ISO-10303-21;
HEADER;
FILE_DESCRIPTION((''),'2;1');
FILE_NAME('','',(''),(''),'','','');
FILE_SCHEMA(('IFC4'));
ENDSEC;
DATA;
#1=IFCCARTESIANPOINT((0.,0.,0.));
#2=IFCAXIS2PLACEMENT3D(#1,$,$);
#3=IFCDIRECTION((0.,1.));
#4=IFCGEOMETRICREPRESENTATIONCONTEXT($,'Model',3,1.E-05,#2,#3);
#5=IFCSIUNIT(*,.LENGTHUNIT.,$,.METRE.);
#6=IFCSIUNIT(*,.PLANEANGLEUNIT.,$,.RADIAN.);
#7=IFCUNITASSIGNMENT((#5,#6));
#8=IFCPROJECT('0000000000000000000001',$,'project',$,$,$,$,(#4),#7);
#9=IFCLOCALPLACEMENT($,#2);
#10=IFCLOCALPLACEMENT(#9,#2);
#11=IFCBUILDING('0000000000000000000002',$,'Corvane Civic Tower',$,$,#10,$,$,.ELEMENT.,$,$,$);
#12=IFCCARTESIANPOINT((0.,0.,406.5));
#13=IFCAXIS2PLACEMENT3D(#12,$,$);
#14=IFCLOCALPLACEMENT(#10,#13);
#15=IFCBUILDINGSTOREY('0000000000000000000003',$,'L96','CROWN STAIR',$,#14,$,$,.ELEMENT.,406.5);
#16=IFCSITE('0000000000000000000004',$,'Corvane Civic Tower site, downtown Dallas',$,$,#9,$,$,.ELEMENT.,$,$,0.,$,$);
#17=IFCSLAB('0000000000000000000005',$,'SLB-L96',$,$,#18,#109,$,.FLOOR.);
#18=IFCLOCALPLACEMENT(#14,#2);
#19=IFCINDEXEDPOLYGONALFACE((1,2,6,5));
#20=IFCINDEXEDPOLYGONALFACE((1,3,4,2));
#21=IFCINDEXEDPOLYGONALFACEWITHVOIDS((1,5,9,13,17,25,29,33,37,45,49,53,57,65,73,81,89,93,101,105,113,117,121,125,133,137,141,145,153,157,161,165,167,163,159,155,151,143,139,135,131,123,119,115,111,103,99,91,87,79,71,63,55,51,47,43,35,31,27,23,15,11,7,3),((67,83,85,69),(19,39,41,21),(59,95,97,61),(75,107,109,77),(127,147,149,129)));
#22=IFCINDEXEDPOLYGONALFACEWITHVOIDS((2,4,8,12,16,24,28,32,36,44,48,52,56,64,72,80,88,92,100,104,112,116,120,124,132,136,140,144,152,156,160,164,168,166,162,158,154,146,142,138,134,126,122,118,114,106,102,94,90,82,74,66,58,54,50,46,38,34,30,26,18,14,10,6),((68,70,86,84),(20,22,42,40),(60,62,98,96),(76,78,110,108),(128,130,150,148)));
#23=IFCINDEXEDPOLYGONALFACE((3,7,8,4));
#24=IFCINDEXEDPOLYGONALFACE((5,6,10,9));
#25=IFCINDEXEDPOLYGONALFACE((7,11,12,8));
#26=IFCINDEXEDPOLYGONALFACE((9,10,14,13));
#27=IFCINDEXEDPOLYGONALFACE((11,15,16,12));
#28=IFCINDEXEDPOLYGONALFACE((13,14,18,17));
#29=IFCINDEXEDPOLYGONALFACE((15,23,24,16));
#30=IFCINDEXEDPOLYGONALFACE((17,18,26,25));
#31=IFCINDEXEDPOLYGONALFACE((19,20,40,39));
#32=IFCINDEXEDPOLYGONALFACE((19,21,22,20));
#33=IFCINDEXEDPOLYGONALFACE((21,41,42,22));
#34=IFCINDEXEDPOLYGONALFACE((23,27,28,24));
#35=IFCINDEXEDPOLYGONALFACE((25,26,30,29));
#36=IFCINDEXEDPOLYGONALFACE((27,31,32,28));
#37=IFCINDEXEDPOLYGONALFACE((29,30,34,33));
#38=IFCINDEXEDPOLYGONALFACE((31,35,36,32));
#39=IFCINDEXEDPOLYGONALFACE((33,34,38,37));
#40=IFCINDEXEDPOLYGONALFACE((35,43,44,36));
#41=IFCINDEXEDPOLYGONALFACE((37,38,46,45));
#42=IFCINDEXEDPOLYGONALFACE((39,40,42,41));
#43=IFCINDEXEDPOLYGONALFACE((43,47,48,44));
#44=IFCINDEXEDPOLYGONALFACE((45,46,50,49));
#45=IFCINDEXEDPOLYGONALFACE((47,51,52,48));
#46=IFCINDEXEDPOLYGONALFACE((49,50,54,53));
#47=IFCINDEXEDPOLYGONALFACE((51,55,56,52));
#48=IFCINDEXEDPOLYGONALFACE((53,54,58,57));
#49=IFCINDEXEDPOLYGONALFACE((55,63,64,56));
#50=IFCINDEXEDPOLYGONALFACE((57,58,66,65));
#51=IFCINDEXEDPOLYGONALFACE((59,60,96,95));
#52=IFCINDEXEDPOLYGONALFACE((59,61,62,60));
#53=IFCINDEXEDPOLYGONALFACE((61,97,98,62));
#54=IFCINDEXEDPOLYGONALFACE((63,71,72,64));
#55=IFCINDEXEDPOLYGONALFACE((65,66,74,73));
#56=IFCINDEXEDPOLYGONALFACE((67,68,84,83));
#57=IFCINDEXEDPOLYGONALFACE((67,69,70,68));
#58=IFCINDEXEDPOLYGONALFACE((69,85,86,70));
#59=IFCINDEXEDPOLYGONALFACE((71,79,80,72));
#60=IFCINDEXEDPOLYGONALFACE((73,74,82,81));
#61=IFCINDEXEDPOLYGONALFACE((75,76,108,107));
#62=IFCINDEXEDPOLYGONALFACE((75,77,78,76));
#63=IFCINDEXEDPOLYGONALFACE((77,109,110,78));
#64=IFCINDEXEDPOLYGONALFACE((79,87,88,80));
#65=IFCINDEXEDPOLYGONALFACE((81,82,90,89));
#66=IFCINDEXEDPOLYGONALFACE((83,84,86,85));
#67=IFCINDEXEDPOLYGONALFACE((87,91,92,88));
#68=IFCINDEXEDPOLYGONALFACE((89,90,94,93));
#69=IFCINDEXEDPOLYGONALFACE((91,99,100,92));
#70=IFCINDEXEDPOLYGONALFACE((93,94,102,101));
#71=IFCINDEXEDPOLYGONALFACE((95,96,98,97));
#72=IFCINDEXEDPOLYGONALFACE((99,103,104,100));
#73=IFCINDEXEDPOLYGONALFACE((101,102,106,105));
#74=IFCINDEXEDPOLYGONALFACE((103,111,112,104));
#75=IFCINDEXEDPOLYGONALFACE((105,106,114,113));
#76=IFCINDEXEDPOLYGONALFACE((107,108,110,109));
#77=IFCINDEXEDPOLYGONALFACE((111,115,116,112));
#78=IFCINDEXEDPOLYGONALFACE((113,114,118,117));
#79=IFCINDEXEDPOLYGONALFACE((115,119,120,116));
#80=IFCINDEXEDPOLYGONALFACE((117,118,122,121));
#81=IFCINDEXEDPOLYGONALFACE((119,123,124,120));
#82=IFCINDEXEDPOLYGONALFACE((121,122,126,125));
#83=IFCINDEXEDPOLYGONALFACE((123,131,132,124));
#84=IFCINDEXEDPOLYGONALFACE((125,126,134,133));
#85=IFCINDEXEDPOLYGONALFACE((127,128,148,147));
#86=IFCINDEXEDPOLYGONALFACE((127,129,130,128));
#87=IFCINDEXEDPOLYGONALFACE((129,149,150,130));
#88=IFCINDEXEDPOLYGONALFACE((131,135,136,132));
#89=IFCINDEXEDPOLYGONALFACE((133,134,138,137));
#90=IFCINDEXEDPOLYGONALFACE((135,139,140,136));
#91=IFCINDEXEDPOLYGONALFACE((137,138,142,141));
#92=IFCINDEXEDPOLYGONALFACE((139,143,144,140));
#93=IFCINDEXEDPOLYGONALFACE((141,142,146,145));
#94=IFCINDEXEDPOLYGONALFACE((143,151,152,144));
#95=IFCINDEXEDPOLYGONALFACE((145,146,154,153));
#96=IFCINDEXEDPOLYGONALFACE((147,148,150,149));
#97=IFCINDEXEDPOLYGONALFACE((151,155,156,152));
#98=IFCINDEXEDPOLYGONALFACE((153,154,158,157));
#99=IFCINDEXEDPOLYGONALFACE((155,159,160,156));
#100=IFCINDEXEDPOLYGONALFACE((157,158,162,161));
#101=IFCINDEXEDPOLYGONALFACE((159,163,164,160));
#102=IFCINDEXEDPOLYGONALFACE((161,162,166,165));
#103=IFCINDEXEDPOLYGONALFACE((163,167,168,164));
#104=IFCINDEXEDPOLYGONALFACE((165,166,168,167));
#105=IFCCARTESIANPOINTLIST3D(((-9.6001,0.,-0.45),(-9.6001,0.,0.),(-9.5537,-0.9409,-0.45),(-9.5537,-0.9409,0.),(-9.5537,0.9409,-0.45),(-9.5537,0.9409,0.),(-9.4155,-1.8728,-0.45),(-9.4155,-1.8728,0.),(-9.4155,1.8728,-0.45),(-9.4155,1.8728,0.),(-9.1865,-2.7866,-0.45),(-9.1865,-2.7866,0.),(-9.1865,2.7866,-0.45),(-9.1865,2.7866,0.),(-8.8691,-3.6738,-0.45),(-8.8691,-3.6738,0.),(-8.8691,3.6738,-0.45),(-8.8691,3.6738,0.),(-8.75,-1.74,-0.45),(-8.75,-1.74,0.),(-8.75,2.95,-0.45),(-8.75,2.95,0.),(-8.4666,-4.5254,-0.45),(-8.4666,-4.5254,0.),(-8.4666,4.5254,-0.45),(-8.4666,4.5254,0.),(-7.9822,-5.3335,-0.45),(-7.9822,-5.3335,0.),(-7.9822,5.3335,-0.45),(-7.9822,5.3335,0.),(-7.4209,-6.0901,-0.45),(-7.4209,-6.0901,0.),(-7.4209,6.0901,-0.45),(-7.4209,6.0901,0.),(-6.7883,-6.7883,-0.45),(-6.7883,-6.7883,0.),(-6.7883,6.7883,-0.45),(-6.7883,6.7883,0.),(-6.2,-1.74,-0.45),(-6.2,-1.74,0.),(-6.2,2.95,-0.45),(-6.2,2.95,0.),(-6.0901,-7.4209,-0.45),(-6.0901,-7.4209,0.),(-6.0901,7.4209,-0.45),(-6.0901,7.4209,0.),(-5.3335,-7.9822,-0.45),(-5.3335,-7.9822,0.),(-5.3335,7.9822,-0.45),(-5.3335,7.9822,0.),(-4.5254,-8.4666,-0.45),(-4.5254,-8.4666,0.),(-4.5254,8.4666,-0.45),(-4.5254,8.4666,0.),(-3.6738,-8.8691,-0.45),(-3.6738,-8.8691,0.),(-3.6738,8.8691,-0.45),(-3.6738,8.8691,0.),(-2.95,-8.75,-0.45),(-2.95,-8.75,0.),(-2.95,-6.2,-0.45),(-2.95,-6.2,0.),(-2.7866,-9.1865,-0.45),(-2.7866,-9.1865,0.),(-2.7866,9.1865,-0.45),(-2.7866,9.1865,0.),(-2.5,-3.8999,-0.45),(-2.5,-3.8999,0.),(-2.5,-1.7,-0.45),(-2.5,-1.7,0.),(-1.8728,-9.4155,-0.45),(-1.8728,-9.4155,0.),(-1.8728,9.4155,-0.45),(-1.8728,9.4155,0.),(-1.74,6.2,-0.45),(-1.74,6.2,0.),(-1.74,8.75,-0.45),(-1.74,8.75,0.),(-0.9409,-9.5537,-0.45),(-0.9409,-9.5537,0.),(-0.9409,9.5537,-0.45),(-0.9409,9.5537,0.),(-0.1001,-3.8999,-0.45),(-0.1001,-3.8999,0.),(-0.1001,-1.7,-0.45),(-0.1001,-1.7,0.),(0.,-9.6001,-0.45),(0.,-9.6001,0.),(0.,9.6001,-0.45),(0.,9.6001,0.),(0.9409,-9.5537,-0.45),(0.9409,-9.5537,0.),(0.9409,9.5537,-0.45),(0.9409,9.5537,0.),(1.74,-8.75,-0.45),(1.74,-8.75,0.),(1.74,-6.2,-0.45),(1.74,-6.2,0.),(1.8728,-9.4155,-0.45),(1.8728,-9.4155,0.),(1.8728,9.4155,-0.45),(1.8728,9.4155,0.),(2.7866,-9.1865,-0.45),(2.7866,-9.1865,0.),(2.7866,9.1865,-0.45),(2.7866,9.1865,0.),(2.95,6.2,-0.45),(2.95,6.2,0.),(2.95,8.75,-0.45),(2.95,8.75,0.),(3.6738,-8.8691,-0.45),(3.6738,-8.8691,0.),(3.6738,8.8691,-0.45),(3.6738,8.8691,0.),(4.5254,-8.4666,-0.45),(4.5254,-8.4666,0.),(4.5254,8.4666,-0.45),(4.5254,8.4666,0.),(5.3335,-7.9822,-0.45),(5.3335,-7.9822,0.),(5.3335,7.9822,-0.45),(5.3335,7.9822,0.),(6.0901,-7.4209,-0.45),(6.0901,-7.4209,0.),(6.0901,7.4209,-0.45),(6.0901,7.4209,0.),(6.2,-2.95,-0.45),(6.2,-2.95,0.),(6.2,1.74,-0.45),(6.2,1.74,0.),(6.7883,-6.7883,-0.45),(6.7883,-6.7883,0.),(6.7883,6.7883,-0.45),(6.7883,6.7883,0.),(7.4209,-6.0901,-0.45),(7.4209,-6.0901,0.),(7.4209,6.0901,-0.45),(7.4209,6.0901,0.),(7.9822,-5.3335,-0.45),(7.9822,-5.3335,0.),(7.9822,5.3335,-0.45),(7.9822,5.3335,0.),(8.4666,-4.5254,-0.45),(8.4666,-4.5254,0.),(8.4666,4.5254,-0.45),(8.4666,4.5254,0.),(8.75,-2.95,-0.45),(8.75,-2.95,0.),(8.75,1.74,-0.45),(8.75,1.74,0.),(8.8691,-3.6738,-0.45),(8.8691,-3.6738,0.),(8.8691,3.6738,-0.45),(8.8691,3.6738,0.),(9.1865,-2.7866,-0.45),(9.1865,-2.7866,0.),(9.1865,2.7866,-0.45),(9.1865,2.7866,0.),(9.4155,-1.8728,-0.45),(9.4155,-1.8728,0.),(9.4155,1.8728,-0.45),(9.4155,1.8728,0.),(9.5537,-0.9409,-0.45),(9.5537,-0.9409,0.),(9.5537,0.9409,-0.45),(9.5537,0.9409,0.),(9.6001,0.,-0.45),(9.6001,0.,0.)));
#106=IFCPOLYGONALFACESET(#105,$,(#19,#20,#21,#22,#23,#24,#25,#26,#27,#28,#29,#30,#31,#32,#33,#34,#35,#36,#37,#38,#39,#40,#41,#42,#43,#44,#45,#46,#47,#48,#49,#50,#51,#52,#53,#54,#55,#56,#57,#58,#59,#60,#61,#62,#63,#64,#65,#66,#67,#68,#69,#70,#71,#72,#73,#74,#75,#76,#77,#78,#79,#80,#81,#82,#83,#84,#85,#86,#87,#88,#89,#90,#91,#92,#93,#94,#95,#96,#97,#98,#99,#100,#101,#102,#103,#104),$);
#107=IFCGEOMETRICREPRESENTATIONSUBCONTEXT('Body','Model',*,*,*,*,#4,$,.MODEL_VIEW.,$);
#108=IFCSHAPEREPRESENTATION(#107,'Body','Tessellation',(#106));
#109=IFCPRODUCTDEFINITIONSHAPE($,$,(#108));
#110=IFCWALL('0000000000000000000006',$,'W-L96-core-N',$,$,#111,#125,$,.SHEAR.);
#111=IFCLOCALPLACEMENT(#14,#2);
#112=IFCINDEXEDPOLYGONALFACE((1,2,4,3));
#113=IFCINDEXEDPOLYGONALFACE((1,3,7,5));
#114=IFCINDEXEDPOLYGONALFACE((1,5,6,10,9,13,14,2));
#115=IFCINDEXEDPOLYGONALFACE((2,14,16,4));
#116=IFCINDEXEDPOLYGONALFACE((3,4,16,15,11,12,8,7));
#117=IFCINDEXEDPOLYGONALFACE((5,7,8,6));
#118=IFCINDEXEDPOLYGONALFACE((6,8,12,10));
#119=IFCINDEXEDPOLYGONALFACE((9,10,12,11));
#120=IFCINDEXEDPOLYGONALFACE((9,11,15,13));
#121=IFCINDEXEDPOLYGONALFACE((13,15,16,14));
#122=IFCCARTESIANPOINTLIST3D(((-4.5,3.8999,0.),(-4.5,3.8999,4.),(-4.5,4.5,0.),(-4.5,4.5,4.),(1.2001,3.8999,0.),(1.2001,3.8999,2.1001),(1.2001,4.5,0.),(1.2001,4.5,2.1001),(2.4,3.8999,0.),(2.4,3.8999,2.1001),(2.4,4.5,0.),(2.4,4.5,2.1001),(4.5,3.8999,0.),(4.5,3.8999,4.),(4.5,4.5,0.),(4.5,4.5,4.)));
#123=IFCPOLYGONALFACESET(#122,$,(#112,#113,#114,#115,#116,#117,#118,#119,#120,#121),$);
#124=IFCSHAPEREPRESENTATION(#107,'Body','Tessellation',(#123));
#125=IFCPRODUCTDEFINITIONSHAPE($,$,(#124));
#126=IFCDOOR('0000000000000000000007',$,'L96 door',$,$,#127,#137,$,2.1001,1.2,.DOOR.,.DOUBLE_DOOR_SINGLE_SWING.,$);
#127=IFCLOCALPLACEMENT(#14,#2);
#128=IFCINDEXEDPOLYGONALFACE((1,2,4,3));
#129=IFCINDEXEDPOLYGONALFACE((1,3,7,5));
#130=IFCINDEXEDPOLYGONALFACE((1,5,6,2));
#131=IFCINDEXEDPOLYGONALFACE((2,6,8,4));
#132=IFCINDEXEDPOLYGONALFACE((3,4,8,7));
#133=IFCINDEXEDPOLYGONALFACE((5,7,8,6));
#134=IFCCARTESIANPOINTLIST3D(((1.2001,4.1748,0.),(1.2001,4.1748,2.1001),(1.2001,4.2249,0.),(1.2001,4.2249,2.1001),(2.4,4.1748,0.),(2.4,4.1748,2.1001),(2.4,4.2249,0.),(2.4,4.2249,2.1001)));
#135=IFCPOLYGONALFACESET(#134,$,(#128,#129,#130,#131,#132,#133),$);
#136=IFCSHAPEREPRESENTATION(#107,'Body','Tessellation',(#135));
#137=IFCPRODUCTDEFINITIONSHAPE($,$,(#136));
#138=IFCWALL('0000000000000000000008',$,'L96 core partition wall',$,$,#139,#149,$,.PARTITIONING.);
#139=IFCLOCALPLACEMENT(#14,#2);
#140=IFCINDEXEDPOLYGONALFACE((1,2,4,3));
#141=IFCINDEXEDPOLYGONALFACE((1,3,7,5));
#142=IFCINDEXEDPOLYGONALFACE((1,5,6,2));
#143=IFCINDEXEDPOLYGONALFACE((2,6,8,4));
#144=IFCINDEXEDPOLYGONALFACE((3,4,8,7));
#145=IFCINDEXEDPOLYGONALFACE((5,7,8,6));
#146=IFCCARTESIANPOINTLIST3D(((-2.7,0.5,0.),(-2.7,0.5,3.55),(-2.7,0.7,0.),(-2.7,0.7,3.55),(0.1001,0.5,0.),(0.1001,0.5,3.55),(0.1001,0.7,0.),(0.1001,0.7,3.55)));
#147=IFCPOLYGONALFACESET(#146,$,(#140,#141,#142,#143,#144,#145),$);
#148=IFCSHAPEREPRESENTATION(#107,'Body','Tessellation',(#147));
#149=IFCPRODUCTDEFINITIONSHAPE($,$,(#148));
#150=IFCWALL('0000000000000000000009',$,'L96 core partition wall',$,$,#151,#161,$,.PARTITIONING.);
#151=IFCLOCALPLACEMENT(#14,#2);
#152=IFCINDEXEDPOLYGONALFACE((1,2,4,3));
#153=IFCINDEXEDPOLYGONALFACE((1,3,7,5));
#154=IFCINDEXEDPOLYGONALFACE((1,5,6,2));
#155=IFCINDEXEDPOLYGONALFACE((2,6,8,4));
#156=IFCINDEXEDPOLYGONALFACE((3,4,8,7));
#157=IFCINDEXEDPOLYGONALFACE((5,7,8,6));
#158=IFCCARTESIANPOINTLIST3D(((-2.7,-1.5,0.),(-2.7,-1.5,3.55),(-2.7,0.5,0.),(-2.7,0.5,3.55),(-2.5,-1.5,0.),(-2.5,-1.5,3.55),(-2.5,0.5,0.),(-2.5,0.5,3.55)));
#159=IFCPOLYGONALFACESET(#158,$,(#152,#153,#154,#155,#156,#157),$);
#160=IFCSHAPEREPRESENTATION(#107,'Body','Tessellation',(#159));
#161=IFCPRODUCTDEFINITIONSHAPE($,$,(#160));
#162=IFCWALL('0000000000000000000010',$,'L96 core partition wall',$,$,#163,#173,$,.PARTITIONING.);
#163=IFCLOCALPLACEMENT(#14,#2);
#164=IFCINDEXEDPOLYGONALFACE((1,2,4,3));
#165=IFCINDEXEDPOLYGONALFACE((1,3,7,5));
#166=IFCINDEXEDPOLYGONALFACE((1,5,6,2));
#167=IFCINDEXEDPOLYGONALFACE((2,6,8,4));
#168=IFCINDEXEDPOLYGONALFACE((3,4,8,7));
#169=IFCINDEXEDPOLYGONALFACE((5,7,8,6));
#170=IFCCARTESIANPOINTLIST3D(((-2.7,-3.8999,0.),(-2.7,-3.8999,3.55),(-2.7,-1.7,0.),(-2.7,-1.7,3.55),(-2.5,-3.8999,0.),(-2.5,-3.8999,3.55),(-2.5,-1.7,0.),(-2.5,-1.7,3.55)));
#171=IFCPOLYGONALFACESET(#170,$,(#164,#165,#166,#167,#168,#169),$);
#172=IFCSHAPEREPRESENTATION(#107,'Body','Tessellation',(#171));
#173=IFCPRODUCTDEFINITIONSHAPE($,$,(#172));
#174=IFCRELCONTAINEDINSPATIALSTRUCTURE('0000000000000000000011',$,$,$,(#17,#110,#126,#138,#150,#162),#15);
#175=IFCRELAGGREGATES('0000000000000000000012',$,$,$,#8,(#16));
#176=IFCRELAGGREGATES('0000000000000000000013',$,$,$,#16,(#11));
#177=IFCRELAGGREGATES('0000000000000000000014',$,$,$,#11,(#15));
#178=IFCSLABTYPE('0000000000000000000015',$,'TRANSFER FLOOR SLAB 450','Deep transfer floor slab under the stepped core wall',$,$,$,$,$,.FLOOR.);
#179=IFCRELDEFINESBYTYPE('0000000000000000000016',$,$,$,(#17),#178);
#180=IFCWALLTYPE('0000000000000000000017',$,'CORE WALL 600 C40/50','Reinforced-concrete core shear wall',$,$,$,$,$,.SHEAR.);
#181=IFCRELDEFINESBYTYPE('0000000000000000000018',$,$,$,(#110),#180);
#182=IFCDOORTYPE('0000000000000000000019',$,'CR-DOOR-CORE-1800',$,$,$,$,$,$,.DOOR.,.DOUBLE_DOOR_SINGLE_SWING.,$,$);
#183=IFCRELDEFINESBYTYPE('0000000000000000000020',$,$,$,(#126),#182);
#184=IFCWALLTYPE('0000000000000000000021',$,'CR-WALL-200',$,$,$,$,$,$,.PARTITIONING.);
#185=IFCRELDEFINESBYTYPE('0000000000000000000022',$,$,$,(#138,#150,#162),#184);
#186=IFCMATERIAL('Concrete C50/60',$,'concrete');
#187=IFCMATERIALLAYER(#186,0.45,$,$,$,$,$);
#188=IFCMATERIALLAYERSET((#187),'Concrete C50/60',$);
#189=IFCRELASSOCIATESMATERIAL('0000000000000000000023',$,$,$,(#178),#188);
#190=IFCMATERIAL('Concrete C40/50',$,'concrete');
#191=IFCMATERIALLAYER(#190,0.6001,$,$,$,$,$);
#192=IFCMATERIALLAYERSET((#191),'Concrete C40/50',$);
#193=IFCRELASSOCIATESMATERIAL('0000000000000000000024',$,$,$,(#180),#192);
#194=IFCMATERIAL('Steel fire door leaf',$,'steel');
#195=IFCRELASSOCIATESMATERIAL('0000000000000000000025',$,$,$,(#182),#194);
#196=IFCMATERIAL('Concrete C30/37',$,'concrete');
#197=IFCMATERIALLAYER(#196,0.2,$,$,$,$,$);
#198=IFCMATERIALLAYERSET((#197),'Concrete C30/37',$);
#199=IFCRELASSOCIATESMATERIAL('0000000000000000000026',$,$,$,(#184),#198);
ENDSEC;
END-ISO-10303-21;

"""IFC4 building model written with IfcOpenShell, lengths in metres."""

from ifc_helpers import new_model, si_unit, direction, frame, frame_2d, origin, place, context, subcontext, project, spatial, polyline, rectangle, outline, extrude, material, layer, layer_set, type_object, element, fill, save


model = new_model("IFC4")

# Units and contexts
model_context = context("Model", 3, precision=1e-05, world=origin(), true_north=direction((0.0, 1.0)))
body_context = subcontext(model_context, "Body", "Model", "MODEL_VIEW")
ifc_project = project(units=[si_unit("LENGTHUNIT", "METRE"), si_unit("PLANEANGLEUNIT", "RADIAN")], contexts=[model_context])

# Site, building, storey
site_placement = place(None, origin())
site = spatial("IfcSite", under=ifc_project, at=site_placement, Name="Corvane Civic Tower site, downtown Dallas", CompositionType="ELEMENT", RefElevation=0.0)
building_placement = place(site_placement, origin())
building = spatial("IfcBuilding", under=site, at=building_placement, Name="Corvane Civic Tower", CompositionType="ELEMENT")
storey_placement = place(building_placement, frame((0.0, 0.0, 406.5)))
storey = spatial("IfcBuildingStorey", under=building, at=storey_placement, Name="L96", Description="CROWN STAIR", CompositionType="ELEMENT", Elevation=406.5)

# Slab
ifc_material_1 = material(Name="Concrete C50/60", Category="concrete")
ifc_layer_1 = layer(ifc_material_1, 0.45)
ifc_layer_set_1 = layer_set([ifc_layer_1], Name="Concrete C50/60")
slab_type = type_object("IfcSlabType", Name="TRANSFER FLOOR SLAB 450", Description="Deep transfer floor slab under the stepped core wall", PredefinedType="FLOOR", material=ifc_layer_set_1)
slab_placement = place(storey_placement, frame((0.0, 0.0, -0.45)))
element("IfcSlab", 1, at=slab_placement, inside=storey, type_object=slab_type, Name="SLB-L96", PredefinedType="FLOOR", context=body_context, shape_type="SweptSolid", body=[
    extrude(outline(polyline([(0.0, 9.6001), (-0.9409, 9.5537), (-1.8728, 9.4155), (-2.7866, 9.1865), (-3.6738, 8.8691), (-4.5254, 8.4666), (-5.3335, 7.9822), (-6.0901, 7.4209), (-6.7883, 6.7883), (-7.4209, 6.0901), (-7.9822, 5.3335), (-8.4666, 4.5254), (-8.8691, 3.6738), (-9.1865, 2.7866), (-9.4155, 1.8728), (-9.5537, 0.9409), (-9.6001, 0.0), (-9.5537, -0.9409), (-9.4155, -1.8728), (-9.1865, -2.7866), (-8.8691, -3.6738), (-8.4666, -4.5254), (-7.9822, -5.3335), (-7.4209, -6.0901), (-6.7883, -6.7883), (-6.0901, -7.4209), (-5.3335, -7.9822), (-4.5254, -8.4666), (-3.6738, -8.8691), (-2.7866, -9.1865), (-1.8728, -9.4155), (-0.9409, -9.5537), (0.0, -9.6001), (0.9409, -9.5537), (1.8728, -9.4155), (2.7866, -9.1865), (3.6738, -8.8691), (4.5254, -8.4666), (5.3335, -7.9822), (6.0901, -7.4209), (6.7883, -6.7883), (7.4209, -6.0901), (7.9822, -5.3335), (8.4666, -4.5254), (8.8691, -3.6738), (9.1865, -2.7866), (9.4155, -1.8728), (9.5537, -0.9409), (9.6001, 0.0), (9.5537, 0.9409), (9.4155, 1.8728), (9.1865, 2.7866), (8.8691, 3.6738), (8.4666, 4.5254), (7.9822, 5.3335), (7.4209, 6.0901), (6.7883, 6.7883), (6.0901, 7.4209), (5.3335, 7.9822), (4.5254, 8.4666), (3.6738, 8.8691), (2.7866, 9.1865), (1.8728, 9.4155), (0.9409, 9.5537), (0.0, 9.6001)]), holes=[polyline([(-2.5, -3.8999), (-2.5, -1.7), (-0.1001, -1.7), (-0.1001, -3.8999), (-2.5, -3.8999)]), polyline([(6.2, 1.74), (8.75, 1.74), (8.75, -2.95), (6.2, -2.95), (6.2, 1.74)]), polyline([(-1.74, 6.2), (-1.74, 8.75), (2.95, 8.75), (2.95, 6.2), (-1.74, 6.2)]), polyline([(-6.2, -1.74), (-8.75, -1.74), (-8.75, 2.95), (-6.2, 2.95), (-6.2, -1.74)]), polyline([(1.74, -6.2), (1.74, -8.75), (-2.95, -8.75), (-2.95, -6.2), (1.74, -6.2)])]), origin(), (0.0, 0.0, 1.0), 0.45),
])

# Wall, opening, door
ifc_material_2 = material(Name="Concrete C40/50", Category="concrete")
ifc_layer_2 = layer(ifc_material_2, 0.6001)
ifc_layer_set_2 = layer_set([ifc_layer_2], Name="Concrete C40/50")
wall_type_1 = type_object("IfcWallType", Name="CORE WALL 600 C40/50", Description="Reinforced-concrete core shear wall", PredefinedType="SHEAR", material=ifc_layer_set_2)
wall_1_placement = place(storey_placement, frame((-4.5, 4.2, 0.0), z_axis=(0.0, 0.0, 1.0), x_axis=(1.0, 0.0, 0.0)))
wall_1 = element("IfcWall", 2, at=wall_1_placement, inside=storey, type_object=wall_type_1, Name="W-L96-core-N", PredefinedType="SHEAR", context=body_context, shape_type="SweptSolid", body=[
    extrude(rectangle(XDim=9.0, YDim=0.6001, at=frame_2d((4.5, 0.0))), origin(), (0.0, 0.0, 1.0), 4.0),
])
opening_1_placement = place(wall_1_placement, frame((5.7, 0.0, 0.0)))
opening_1 = element("IfcOpeningElement", 3, at=opening_1_placement, cuts=wall_1, PredefinedType="OPENING", context=body_context, shape_type="SweptSolid", body=[
    extrude(rectangle(XDim=1.2, YDim=2.1001, at=frame_2d((0.6001, 1.05))), frame((0.0, 0.3101, 0.0), z_axis=(0.0, -1.0, 0.0), x_axis=(1.0, 0.0, 0.0)), (0.0, 0.0, 1.0), 0.6201),
])
ifc_material_3 = material(Name="Steel fire door leaf", Category="steel")
door_type_1 = type_object("IfcDoorType", Name="CR-DOOR-CORE-1800", OperationType="DOUBLE_DOOR_SINGLE_SWING", PredefinedType="DOOR", material=ifc_material_3)
door_1_placement = place(opening_1_placement, origin())
door_1 = element("IfcDoor", 4, at=door_1_placement, inside=storey, type_object=door_type_1, Name="L96 door", OperationType="DOUBLE_DOOR_SINGLE_SWING", OverallHeight=2.1001, OverallWidth=1.2, PredefinedType="DOOR", context=body_context, shape_type="SweptSolid", body=[
    extrude(rectangle(XDim=1.2, YDim=2.1001, at=frame_2d((0.6001, 1.05))), frame((0.0, 0.0249, 0.0), z_axis=(0.0, -1.0, 0.0), x_axis=(1.0, 0.0, 0.0)), (0.0, 0.0, 1.0), 0.05),
])
fill(opening_1, door_1)

# Walls
ifc_material_4 = material(Name="Concrete C30/37", Category="concrete")
ifc_layer_3 = layer(ifc_material_4, 0.2)
ifc_layer_set_3 = layer_set([ifc_layer_3], Name="Concrete C30/37")
wall_type_2 = type_object("IfcWallType", Name="CR-WALL-200", PredefinedType="PARTITIONING", material=ifc_layer_set_3)
wall_2_placement = place(storey_placement, origin())
element("IfcWall", 5, at=wall_2_placement, inside=storey, type_object=wall_type_2, Name="L96 core partition wall", PredefinedType="PARTITIONING", context=body_context, shape_type="SweptSolid", body=[
    extrude(outline(polyline([(0.1001, 0.7), (0.1001, 0.5), (-2.7, 0.5), (-2.7, 0.7), (0.1001, 0.7)])), origin(), (0.0, 0.0, 1.0), 3.55),
])
wall_3_placement = place(storey_placement, origin())
element("IfcWall", 6, at=wall_3_placement, inside=storey, type_object=wall_type_2, Name="L96 core partition wall", PredefinedType="PARTITIONING", context=body_context, shape_type="SweptSolid", body=[
    extrude(outline(polyline([(-2.5, -1.5), (-2.7, -1.5), (-2.7, 0.5), (-2.5, 0.5), (-2.5, -1.5)])), origin(), (0.0, 0.0, 1.0), 3.55),
])
wall_4_placement = place(storey_placement, origin())
element("IfcWall", 7, at=wall_4_placement, inside=storey, type_object=wall_type_2, Name="L96 core partition wall", PredefinedType="PARTITIONING", context=body_context, shape_type="SweptSolid", body=[
    extrude(outline(polyline([(-2.5, -3.8999), (-2.7, -3.8999), (-2.7, -1.7), (-2.5, -1.7), (-2.5, -3.8999)])), origin(), (0.0, 0.0, 1.0), 3.55),
])

save(model, "model.ifc")
